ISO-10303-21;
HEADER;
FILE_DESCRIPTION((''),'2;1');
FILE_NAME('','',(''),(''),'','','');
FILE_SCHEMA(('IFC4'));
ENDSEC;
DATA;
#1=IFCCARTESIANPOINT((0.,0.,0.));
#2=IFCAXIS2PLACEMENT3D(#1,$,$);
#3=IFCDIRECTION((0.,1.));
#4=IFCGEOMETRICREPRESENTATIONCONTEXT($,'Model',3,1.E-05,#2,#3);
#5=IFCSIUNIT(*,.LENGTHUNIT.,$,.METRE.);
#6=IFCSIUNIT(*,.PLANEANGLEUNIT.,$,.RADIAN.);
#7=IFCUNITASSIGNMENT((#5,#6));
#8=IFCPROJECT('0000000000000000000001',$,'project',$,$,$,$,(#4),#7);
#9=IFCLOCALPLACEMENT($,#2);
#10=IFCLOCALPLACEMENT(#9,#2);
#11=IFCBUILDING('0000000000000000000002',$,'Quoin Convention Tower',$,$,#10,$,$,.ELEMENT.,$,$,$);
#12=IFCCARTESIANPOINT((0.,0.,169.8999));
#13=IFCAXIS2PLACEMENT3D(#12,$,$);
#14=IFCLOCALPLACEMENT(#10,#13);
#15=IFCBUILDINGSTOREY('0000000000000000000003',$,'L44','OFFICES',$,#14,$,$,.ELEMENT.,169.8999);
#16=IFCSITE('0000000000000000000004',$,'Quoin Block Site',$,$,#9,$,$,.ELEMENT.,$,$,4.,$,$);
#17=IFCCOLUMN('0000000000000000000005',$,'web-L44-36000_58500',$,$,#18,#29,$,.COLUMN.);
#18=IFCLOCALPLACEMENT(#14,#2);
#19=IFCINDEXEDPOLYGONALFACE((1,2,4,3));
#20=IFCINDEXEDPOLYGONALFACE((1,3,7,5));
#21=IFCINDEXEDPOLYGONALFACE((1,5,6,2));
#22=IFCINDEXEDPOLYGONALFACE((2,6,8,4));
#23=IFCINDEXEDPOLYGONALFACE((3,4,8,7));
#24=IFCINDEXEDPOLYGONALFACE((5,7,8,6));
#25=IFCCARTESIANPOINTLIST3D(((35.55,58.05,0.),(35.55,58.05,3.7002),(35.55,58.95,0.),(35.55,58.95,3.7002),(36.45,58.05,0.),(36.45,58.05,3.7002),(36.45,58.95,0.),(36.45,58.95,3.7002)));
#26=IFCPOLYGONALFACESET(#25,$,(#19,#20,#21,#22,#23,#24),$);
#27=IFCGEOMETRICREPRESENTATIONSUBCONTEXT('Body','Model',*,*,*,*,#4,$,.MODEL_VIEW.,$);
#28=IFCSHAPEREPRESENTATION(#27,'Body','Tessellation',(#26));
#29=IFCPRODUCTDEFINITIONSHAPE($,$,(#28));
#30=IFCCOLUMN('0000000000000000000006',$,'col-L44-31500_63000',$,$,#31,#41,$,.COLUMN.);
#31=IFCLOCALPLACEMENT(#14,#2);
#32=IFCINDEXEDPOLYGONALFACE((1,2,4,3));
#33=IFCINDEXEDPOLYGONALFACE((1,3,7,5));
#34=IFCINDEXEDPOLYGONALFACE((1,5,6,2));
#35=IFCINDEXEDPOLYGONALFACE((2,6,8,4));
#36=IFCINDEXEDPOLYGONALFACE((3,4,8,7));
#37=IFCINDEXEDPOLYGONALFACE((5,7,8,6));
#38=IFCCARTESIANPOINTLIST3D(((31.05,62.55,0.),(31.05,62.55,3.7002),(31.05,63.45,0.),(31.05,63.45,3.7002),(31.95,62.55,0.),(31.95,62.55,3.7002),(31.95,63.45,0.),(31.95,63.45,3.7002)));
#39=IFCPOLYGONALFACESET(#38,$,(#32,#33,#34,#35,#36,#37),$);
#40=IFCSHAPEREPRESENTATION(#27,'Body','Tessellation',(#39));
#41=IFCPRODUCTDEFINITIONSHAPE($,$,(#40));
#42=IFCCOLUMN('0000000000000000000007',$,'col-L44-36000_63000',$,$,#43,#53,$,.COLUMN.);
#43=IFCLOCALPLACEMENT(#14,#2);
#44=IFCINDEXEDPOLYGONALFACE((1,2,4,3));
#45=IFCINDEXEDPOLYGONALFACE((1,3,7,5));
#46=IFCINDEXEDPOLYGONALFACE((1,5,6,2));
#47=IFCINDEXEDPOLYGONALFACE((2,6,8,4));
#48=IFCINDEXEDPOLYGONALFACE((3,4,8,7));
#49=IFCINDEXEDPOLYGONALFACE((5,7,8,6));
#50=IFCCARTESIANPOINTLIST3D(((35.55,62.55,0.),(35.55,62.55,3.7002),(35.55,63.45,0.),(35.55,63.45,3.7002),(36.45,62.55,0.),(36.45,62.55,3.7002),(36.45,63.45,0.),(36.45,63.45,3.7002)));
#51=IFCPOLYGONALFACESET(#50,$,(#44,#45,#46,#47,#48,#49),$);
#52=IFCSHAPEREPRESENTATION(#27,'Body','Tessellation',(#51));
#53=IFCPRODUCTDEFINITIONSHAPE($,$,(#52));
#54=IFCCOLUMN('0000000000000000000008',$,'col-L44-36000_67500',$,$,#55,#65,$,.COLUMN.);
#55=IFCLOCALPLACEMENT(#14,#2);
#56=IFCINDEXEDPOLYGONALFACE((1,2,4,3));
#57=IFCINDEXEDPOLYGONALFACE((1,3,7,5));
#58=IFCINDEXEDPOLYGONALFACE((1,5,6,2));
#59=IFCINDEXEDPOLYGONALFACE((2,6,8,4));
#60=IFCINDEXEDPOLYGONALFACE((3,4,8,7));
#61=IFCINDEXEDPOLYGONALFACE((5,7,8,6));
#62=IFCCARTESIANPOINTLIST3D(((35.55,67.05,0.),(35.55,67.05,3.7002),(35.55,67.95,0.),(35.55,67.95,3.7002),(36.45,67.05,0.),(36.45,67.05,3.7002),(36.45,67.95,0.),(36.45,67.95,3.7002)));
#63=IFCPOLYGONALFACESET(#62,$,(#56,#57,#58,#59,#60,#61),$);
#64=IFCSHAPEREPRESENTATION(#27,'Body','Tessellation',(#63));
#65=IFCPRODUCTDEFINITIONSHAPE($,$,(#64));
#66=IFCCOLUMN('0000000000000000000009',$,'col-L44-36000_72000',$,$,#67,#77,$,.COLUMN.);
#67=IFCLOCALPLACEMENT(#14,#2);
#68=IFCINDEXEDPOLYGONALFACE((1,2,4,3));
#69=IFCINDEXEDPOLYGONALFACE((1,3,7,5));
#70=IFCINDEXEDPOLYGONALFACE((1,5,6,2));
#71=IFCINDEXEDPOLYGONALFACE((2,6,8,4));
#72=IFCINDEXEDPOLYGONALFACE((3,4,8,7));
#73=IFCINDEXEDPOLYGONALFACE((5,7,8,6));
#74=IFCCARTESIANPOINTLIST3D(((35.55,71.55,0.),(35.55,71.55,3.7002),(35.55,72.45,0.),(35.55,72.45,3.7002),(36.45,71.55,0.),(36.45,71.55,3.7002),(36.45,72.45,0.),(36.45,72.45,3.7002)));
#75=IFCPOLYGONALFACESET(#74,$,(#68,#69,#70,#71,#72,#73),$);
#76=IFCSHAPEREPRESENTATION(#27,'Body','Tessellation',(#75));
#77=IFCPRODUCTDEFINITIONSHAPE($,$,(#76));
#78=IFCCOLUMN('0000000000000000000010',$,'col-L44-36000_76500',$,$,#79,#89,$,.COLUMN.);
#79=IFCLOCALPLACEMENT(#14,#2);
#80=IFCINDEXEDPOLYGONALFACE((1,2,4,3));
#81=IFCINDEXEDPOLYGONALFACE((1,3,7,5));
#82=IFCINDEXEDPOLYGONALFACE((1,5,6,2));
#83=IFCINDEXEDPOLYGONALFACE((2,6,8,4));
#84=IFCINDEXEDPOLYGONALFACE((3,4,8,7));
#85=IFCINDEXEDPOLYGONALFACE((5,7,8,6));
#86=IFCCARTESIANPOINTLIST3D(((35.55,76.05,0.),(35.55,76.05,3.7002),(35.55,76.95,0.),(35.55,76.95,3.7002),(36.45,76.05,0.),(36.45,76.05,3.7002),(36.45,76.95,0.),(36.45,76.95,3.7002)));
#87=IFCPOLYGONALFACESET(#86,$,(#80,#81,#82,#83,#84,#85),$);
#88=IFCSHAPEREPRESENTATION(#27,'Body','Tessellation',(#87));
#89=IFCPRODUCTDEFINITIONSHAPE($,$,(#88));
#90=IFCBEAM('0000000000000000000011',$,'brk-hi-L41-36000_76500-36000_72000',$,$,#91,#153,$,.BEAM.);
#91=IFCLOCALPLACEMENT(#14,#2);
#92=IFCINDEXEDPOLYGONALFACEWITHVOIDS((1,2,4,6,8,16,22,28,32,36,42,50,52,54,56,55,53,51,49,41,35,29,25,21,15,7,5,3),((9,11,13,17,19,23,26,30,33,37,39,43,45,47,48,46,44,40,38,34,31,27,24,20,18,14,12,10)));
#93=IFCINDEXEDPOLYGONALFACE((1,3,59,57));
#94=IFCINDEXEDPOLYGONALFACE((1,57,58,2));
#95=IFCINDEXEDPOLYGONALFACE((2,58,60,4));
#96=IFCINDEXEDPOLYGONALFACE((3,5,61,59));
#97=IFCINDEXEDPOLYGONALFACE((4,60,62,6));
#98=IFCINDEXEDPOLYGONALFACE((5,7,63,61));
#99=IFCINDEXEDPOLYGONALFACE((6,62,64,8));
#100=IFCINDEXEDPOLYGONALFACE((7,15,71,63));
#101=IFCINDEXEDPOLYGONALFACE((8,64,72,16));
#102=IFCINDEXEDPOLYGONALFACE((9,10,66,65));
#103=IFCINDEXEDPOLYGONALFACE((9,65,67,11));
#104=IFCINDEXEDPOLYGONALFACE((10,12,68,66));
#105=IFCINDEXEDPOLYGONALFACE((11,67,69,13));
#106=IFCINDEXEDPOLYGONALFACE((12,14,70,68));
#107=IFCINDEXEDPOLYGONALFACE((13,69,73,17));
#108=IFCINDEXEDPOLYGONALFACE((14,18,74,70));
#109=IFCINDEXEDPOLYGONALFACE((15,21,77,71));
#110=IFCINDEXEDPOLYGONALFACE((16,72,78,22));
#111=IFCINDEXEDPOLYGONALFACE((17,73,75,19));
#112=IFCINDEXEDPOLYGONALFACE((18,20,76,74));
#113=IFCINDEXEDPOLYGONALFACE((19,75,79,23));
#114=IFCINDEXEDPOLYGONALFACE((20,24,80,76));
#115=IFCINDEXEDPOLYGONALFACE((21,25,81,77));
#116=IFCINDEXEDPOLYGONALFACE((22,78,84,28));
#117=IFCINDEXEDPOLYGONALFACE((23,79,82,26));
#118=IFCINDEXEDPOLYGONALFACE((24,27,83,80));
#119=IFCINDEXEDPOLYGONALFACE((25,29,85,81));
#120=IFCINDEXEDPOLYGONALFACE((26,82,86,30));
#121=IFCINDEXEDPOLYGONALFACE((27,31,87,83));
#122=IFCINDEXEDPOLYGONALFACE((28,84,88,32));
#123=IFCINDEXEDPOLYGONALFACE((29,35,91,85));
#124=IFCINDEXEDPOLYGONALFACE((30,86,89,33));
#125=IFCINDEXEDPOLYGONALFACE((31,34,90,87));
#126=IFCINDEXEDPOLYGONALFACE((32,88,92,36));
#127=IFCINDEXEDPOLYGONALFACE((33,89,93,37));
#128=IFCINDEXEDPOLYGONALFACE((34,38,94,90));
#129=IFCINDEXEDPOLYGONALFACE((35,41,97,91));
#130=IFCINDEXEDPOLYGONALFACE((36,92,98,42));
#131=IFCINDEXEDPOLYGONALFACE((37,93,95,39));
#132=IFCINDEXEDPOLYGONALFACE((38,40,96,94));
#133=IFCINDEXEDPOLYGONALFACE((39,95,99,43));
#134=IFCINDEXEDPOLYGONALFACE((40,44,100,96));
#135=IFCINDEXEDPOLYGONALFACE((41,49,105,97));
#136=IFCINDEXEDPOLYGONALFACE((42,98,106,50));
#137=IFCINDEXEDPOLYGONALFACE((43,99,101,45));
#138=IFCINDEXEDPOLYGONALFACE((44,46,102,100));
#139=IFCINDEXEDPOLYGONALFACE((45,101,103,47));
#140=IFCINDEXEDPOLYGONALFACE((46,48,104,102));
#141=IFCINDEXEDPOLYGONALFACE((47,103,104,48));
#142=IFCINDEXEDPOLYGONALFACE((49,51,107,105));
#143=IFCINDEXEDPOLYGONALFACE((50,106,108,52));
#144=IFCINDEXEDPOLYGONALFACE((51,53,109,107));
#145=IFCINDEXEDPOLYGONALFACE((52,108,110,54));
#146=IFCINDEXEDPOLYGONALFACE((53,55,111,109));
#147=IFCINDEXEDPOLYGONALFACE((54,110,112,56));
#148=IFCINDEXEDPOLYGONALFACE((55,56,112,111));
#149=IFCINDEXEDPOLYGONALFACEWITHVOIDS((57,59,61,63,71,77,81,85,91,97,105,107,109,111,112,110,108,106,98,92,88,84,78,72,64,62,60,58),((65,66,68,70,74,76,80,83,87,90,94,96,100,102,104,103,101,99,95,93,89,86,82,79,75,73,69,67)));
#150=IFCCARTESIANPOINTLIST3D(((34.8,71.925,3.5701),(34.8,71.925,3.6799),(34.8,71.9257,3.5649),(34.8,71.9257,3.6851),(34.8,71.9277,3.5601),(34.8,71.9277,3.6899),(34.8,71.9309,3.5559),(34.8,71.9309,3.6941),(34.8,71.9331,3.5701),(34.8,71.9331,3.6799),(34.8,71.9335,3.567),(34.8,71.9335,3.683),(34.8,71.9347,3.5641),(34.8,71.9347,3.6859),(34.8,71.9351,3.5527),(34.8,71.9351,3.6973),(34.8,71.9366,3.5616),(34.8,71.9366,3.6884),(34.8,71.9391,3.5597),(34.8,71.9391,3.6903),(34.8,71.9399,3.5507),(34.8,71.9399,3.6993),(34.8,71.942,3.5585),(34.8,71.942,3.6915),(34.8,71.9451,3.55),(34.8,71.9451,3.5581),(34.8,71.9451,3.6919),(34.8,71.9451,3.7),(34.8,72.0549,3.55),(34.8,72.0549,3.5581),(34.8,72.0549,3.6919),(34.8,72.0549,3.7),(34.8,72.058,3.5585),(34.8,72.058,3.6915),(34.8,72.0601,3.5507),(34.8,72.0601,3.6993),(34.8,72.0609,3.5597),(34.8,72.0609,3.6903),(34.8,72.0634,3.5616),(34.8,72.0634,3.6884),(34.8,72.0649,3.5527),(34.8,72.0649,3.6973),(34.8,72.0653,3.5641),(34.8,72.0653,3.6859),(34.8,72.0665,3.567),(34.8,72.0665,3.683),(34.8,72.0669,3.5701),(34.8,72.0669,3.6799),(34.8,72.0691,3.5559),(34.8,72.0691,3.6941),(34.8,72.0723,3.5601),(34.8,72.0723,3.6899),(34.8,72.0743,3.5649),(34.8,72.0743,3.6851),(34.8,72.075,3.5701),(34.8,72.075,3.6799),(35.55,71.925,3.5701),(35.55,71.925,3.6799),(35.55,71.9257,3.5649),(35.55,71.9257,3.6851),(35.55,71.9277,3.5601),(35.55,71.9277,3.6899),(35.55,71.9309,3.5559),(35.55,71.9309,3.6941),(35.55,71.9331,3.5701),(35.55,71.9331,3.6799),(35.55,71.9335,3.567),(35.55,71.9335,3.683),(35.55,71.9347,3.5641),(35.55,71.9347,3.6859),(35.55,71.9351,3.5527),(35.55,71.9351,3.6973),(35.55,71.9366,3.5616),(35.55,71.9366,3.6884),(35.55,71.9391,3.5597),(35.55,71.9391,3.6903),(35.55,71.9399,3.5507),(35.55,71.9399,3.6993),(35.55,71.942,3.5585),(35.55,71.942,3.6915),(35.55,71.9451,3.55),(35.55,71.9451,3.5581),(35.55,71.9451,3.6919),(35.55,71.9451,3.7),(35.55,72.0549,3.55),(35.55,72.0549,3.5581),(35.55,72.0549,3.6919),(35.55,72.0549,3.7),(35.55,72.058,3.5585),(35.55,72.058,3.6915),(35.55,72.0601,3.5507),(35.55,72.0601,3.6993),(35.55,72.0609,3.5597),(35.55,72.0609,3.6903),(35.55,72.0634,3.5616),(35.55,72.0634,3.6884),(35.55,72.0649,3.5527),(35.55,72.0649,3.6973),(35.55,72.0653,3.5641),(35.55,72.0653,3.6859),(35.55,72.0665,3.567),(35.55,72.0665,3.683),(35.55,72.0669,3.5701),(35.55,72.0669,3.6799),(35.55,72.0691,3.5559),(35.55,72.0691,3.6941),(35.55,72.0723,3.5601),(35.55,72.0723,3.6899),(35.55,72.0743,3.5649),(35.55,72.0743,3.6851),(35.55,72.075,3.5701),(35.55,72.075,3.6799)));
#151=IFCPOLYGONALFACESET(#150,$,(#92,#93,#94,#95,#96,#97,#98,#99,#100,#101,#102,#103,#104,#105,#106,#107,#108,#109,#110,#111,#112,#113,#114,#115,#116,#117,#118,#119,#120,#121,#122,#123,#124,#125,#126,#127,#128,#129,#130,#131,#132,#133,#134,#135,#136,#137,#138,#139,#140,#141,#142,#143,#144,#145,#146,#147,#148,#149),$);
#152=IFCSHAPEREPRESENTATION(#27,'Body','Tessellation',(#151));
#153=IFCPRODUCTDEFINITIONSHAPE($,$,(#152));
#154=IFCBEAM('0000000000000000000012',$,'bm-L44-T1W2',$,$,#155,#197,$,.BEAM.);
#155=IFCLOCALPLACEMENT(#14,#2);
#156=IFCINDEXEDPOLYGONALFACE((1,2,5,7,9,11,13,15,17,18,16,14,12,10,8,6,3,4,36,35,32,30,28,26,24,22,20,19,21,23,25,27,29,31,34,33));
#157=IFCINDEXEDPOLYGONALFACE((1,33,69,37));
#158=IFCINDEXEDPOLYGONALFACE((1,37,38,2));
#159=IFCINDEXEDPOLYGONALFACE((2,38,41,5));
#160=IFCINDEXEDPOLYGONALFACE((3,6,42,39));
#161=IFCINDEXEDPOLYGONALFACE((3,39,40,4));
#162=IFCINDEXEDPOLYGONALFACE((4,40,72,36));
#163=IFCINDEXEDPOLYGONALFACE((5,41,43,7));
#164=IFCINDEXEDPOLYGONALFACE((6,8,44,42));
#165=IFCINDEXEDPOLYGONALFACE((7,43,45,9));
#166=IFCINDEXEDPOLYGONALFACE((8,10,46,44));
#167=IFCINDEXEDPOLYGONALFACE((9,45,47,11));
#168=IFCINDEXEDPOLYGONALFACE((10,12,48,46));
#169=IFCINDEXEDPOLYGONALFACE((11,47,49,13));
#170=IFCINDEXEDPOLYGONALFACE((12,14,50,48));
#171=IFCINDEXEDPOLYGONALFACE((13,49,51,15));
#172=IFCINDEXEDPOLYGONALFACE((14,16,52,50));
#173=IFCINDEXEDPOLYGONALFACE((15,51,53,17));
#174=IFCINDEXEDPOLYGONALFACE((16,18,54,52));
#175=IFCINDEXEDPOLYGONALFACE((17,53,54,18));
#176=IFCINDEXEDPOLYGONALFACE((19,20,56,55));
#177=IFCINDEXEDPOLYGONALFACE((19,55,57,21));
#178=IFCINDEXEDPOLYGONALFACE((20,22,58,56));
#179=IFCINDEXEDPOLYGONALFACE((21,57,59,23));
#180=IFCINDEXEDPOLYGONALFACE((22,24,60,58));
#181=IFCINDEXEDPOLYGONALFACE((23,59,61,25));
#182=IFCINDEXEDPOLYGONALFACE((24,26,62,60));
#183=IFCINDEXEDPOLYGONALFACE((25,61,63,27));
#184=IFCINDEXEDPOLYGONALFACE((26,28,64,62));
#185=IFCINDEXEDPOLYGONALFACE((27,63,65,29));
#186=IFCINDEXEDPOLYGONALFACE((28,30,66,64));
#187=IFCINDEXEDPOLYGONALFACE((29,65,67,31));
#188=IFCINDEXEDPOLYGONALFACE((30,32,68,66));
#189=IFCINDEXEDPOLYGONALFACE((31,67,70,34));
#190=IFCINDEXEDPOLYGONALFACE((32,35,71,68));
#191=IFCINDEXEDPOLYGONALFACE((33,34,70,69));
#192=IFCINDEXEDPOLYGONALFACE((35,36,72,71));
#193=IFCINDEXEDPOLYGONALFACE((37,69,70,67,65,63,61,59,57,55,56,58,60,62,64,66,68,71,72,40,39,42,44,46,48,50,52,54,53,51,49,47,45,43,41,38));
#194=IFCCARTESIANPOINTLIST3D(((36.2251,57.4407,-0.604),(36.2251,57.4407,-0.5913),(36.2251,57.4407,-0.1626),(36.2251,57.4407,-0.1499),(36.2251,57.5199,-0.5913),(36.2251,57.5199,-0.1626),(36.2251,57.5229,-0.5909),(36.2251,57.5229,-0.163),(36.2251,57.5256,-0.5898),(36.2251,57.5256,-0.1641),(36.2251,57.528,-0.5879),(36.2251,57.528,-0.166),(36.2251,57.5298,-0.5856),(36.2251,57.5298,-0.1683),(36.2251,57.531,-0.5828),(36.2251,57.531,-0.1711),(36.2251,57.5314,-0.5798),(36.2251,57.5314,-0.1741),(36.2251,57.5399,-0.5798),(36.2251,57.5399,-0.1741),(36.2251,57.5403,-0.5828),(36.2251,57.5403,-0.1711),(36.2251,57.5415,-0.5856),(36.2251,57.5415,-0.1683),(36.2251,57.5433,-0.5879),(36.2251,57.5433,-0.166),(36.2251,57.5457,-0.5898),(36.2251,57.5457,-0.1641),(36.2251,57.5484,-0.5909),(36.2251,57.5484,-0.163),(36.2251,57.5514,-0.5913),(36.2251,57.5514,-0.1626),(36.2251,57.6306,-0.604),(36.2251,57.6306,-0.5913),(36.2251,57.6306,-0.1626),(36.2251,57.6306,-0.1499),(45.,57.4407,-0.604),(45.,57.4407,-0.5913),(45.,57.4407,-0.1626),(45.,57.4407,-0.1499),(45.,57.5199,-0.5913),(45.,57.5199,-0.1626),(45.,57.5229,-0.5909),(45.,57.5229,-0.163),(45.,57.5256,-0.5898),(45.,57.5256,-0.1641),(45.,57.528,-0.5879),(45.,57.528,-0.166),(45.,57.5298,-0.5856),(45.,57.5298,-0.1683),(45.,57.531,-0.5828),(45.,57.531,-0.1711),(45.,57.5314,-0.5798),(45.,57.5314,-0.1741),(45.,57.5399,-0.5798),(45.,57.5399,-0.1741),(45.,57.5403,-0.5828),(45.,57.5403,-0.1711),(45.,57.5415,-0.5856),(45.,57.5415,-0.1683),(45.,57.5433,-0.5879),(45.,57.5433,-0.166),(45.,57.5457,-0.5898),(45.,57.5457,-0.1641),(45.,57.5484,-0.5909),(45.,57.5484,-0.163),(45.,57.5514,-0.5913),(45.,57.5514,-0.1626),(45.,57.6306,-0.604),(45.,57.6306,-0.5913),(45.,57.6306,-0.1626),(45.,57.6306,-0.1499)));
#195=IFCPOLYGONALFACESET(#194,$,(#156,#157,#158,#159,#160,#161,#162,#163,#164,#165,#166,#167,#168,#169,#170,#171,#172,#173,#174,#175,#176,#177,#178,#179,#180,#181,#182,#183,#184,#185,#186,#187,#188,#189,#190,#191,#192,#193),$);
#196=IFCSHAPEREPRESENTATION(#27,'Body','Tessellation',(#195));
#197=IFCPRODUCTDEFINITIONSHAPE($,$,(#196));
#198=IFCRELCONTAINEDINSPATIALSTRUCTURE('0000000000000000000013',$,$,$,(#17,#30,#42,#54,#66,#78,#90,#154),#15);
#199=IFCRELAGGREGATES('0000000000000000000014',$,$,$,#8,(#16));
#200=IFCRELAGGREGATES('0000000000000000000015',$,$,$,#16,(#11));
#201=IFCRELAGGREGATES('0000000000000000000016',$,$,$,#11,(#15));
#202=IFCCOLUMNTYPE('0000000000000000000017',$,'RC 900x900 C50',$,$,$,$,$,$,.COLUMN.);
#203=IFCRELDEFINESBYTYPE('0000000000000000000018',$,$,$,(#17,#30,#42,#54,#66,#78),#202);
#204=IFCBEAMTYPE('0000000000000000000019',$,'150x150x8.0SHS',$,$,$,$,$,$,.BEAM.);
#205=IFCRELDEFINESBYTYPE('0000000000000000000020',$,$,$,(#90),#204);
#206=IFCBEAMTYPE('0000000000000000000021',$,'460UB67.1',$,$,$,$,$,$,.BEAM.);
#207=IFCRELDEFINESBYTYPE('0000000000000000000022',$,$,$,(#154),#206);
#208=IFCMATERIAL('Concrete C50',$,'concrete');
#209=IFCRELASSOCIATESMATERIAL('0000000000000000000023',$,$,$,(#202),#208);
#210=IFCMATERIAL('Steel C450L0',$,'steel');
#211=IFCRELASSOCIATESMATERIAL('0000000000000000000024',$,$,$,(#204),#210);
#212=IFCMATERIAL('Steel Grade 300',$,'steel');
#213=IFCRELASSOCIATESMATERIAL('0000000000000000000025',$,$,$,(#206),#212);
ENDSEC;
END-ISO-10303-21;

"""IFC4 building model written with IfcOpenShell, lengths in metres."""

from ifc_helpers import new_model, si_unit, direction, frame, origin, origin_2d, place, context, subcontext, project, spatial, rectangle, hollow_rectangle, i_section, extrude, material, material_profile, profile_set, type_object, element, save


model = new_model("IFC4")

# Units and contexts
model_context = context("Model", 3, precision=1e-05, world=origin(), true_north=direction((0.0, 1.0)))
body_context = subcontext(model_context, "Body", "Model", "MODEL_VIEW")
ifc_project = project(units=[si_unit("LENGTHUNIT", "METRE"), si_unit("PLANEANGLEUNIT", "RADIAN")], contexts=[model_context])

# Site, building, storey
site_placement = place(None, origin())
site = spatial("IfcSite", under=ifc_project, at=site_placement, Name="Quoin Block Site", CompositionType="ELEMENT", RefElevation=4.0)
building_placement = place(site_placement, origin())
building = spatial("IfcBuilding", under=site, at=building_placement, Name="Quoin Convention Tower", CompositionType="ELEMENT")
storey_placement = place(building_placement, frame((0.0, 0.0, 169.8999)))
storey = spatial("IfcBuildingStorey", under=building, at=storey_placement, Name="L44", Description="OFFICES", CompositionType="ELEMENT", Elevation=169.8999)

# Columns
ifc_material_1 = material(Name="Concrete C50", Category="concrete")
ifc_material_profile_1 = material_profile(ifc_material_1, rectangle(XDim=0.8999, YDim=0.8999, at=origin_2d()), Name="RC 900x900")
ifc_profile_set_1 = profile_set([ifc_material_profile_1], Name="Concrete C50")
column_type = type_object("IfcColumnType", Name="RC 900x900 C50", PredefinedType="COLUMN", material=ifc_profile_set_1)
for number, where, z_axis, x_axis, name in (
    (1, (36.0, 58.5, 0.0), (0.0, 0.0, 1.0), (1.0, 0.0, 0.0), "web-L44-36000_58500"),
    (2, (31.5, 63.0, 0.0), (0.0, 0.0, 1.0), (1.0, 0.0, 0.0), "col-L44-31500_63000"),
    (3, (36.0, 63.0, 0.0), (0.0, 0.0, 1.0), (1.0, 0.0, 0.0), "col-L44-36000_63000"),
    (4, (36.0, 67.5, 0.0), (0.0, 0.0, 1.0), (1.0, 0.0, 0.0), "col-L44-36000_67500"),
    (5, (36.0, 72.0, 0.0), (0.0, 0.0, 1.0), (1.0, 0.0, 0.0), "col-L44-36000_72000"),
    (6, (36.0, 76.5, 0.0), (0.0, 0.0, 1.0), (1.0, 0.0, 0.0), "col-L44-36000_76500"),
):
    element("IfcColumn", number, at=place(storey_placement, frame(where, z_axis=z_axis, x_axis=x_axis)), inside=storey, type_object=column_type, Name=name, PredefinedType="COLUMN", context=body_context, shape_type="SweptSolid", body=[
        extrude(rectangle(XDim=0.8999, YDim=0.8999, at=origin_2d()), origin(), (0.0, 0.0, 1.0), 3.7002),
    ])

# Beams
ifc_material_2 = material(Name="Steel C450L0", Category="steel")
ifc_material_profile_2 = material_profile(ifc_material_2, hollow_rectangle(XDim=0.1499, YDim=0.1499, WallThickness=0.0081, InnerFilletRadius=0.012, OuterFilletRadius=0.02, at=origin_2d()), Name="150x150x8.0SHS")
ifc_profile_set_2 = profile_set([ifc_material_profile_2], Name="Steel C450L0")
beam_type_1 = type_object("IfcBeamType", Name="150x150x8.0SHS", PredefinedType="BEAM", material=ifc_profile_set_2)
beam_placement = place(storey_placement, frame((35.55, 72.0, 3.625), z_axis=(-1.0, 0.0, 0.0), x_axis=(0.0, -1.0, 0.0)))
element("IfcBeam", 7, at=beam_placement, inside=storey, type_object=beam_type_1, Name="brk-hi-L41-36000_76500-36000_72000", PredefinedType="BEAM", context=body_context, shape_type="SweptSolid", body=[
    extrude(hollow_rectangle(XDim=0.1499, YDim=0.1499, WallThickness=0.0081, InnerFilletRadius=0.012, OuterFilletRadius=0.02, at=origin_2d()), origin(), (0.0, 0.0, 1.0), 0.75),
])
ifc_material_3 = material(Name="Steel Grade 300", Category="steel")
ifc_material_profile_3 = material_profile(ifc_material_3, i_section(OverallWidth=0.1899, OverallDepth=0.4541, WebThickness=0.0085, FlangeThickness=0.0127, FilletRadius=0.0115, at=origin_2d()), Name="460UB67.1")
ifc_profile_set_3 = profile_set([ifc_material_profile_3], Name="Steel Grade 300")
beam_type_2 = type_object("IfcBeamType", Name="460UB67.1", PredefinedType="BEAM", material=ifc_profile_set_3)
for number, where, z_axis, x_axis, name in (
    (8, (36.2251, 57.5356, -0.377), (1.0, 0.0, 0.0), (0.0, 1.0, 0.0), "bm-L44-T1W2"),
):
    element("IfcBeam", number, at=place(storey_placement, frame(where, z_axis=z_axis, x_axis=x_axis)), inside=storey, type_object=beam_type_2, Name=name, PredefinedType="BEAM", context=body_context, shape_type="SweptSolid", body=[
        extrude(i_section(OverallWidth=0.1899, OverallDepth=0.4541, WebThickness=0.0085, FlangeThickness=0.0127, FilletRadius=0.0115, at=origin_2d()), origin(), (0.0, 0.0, 1.0), 8.7749),
    ])

save(model, "model.ifc")
